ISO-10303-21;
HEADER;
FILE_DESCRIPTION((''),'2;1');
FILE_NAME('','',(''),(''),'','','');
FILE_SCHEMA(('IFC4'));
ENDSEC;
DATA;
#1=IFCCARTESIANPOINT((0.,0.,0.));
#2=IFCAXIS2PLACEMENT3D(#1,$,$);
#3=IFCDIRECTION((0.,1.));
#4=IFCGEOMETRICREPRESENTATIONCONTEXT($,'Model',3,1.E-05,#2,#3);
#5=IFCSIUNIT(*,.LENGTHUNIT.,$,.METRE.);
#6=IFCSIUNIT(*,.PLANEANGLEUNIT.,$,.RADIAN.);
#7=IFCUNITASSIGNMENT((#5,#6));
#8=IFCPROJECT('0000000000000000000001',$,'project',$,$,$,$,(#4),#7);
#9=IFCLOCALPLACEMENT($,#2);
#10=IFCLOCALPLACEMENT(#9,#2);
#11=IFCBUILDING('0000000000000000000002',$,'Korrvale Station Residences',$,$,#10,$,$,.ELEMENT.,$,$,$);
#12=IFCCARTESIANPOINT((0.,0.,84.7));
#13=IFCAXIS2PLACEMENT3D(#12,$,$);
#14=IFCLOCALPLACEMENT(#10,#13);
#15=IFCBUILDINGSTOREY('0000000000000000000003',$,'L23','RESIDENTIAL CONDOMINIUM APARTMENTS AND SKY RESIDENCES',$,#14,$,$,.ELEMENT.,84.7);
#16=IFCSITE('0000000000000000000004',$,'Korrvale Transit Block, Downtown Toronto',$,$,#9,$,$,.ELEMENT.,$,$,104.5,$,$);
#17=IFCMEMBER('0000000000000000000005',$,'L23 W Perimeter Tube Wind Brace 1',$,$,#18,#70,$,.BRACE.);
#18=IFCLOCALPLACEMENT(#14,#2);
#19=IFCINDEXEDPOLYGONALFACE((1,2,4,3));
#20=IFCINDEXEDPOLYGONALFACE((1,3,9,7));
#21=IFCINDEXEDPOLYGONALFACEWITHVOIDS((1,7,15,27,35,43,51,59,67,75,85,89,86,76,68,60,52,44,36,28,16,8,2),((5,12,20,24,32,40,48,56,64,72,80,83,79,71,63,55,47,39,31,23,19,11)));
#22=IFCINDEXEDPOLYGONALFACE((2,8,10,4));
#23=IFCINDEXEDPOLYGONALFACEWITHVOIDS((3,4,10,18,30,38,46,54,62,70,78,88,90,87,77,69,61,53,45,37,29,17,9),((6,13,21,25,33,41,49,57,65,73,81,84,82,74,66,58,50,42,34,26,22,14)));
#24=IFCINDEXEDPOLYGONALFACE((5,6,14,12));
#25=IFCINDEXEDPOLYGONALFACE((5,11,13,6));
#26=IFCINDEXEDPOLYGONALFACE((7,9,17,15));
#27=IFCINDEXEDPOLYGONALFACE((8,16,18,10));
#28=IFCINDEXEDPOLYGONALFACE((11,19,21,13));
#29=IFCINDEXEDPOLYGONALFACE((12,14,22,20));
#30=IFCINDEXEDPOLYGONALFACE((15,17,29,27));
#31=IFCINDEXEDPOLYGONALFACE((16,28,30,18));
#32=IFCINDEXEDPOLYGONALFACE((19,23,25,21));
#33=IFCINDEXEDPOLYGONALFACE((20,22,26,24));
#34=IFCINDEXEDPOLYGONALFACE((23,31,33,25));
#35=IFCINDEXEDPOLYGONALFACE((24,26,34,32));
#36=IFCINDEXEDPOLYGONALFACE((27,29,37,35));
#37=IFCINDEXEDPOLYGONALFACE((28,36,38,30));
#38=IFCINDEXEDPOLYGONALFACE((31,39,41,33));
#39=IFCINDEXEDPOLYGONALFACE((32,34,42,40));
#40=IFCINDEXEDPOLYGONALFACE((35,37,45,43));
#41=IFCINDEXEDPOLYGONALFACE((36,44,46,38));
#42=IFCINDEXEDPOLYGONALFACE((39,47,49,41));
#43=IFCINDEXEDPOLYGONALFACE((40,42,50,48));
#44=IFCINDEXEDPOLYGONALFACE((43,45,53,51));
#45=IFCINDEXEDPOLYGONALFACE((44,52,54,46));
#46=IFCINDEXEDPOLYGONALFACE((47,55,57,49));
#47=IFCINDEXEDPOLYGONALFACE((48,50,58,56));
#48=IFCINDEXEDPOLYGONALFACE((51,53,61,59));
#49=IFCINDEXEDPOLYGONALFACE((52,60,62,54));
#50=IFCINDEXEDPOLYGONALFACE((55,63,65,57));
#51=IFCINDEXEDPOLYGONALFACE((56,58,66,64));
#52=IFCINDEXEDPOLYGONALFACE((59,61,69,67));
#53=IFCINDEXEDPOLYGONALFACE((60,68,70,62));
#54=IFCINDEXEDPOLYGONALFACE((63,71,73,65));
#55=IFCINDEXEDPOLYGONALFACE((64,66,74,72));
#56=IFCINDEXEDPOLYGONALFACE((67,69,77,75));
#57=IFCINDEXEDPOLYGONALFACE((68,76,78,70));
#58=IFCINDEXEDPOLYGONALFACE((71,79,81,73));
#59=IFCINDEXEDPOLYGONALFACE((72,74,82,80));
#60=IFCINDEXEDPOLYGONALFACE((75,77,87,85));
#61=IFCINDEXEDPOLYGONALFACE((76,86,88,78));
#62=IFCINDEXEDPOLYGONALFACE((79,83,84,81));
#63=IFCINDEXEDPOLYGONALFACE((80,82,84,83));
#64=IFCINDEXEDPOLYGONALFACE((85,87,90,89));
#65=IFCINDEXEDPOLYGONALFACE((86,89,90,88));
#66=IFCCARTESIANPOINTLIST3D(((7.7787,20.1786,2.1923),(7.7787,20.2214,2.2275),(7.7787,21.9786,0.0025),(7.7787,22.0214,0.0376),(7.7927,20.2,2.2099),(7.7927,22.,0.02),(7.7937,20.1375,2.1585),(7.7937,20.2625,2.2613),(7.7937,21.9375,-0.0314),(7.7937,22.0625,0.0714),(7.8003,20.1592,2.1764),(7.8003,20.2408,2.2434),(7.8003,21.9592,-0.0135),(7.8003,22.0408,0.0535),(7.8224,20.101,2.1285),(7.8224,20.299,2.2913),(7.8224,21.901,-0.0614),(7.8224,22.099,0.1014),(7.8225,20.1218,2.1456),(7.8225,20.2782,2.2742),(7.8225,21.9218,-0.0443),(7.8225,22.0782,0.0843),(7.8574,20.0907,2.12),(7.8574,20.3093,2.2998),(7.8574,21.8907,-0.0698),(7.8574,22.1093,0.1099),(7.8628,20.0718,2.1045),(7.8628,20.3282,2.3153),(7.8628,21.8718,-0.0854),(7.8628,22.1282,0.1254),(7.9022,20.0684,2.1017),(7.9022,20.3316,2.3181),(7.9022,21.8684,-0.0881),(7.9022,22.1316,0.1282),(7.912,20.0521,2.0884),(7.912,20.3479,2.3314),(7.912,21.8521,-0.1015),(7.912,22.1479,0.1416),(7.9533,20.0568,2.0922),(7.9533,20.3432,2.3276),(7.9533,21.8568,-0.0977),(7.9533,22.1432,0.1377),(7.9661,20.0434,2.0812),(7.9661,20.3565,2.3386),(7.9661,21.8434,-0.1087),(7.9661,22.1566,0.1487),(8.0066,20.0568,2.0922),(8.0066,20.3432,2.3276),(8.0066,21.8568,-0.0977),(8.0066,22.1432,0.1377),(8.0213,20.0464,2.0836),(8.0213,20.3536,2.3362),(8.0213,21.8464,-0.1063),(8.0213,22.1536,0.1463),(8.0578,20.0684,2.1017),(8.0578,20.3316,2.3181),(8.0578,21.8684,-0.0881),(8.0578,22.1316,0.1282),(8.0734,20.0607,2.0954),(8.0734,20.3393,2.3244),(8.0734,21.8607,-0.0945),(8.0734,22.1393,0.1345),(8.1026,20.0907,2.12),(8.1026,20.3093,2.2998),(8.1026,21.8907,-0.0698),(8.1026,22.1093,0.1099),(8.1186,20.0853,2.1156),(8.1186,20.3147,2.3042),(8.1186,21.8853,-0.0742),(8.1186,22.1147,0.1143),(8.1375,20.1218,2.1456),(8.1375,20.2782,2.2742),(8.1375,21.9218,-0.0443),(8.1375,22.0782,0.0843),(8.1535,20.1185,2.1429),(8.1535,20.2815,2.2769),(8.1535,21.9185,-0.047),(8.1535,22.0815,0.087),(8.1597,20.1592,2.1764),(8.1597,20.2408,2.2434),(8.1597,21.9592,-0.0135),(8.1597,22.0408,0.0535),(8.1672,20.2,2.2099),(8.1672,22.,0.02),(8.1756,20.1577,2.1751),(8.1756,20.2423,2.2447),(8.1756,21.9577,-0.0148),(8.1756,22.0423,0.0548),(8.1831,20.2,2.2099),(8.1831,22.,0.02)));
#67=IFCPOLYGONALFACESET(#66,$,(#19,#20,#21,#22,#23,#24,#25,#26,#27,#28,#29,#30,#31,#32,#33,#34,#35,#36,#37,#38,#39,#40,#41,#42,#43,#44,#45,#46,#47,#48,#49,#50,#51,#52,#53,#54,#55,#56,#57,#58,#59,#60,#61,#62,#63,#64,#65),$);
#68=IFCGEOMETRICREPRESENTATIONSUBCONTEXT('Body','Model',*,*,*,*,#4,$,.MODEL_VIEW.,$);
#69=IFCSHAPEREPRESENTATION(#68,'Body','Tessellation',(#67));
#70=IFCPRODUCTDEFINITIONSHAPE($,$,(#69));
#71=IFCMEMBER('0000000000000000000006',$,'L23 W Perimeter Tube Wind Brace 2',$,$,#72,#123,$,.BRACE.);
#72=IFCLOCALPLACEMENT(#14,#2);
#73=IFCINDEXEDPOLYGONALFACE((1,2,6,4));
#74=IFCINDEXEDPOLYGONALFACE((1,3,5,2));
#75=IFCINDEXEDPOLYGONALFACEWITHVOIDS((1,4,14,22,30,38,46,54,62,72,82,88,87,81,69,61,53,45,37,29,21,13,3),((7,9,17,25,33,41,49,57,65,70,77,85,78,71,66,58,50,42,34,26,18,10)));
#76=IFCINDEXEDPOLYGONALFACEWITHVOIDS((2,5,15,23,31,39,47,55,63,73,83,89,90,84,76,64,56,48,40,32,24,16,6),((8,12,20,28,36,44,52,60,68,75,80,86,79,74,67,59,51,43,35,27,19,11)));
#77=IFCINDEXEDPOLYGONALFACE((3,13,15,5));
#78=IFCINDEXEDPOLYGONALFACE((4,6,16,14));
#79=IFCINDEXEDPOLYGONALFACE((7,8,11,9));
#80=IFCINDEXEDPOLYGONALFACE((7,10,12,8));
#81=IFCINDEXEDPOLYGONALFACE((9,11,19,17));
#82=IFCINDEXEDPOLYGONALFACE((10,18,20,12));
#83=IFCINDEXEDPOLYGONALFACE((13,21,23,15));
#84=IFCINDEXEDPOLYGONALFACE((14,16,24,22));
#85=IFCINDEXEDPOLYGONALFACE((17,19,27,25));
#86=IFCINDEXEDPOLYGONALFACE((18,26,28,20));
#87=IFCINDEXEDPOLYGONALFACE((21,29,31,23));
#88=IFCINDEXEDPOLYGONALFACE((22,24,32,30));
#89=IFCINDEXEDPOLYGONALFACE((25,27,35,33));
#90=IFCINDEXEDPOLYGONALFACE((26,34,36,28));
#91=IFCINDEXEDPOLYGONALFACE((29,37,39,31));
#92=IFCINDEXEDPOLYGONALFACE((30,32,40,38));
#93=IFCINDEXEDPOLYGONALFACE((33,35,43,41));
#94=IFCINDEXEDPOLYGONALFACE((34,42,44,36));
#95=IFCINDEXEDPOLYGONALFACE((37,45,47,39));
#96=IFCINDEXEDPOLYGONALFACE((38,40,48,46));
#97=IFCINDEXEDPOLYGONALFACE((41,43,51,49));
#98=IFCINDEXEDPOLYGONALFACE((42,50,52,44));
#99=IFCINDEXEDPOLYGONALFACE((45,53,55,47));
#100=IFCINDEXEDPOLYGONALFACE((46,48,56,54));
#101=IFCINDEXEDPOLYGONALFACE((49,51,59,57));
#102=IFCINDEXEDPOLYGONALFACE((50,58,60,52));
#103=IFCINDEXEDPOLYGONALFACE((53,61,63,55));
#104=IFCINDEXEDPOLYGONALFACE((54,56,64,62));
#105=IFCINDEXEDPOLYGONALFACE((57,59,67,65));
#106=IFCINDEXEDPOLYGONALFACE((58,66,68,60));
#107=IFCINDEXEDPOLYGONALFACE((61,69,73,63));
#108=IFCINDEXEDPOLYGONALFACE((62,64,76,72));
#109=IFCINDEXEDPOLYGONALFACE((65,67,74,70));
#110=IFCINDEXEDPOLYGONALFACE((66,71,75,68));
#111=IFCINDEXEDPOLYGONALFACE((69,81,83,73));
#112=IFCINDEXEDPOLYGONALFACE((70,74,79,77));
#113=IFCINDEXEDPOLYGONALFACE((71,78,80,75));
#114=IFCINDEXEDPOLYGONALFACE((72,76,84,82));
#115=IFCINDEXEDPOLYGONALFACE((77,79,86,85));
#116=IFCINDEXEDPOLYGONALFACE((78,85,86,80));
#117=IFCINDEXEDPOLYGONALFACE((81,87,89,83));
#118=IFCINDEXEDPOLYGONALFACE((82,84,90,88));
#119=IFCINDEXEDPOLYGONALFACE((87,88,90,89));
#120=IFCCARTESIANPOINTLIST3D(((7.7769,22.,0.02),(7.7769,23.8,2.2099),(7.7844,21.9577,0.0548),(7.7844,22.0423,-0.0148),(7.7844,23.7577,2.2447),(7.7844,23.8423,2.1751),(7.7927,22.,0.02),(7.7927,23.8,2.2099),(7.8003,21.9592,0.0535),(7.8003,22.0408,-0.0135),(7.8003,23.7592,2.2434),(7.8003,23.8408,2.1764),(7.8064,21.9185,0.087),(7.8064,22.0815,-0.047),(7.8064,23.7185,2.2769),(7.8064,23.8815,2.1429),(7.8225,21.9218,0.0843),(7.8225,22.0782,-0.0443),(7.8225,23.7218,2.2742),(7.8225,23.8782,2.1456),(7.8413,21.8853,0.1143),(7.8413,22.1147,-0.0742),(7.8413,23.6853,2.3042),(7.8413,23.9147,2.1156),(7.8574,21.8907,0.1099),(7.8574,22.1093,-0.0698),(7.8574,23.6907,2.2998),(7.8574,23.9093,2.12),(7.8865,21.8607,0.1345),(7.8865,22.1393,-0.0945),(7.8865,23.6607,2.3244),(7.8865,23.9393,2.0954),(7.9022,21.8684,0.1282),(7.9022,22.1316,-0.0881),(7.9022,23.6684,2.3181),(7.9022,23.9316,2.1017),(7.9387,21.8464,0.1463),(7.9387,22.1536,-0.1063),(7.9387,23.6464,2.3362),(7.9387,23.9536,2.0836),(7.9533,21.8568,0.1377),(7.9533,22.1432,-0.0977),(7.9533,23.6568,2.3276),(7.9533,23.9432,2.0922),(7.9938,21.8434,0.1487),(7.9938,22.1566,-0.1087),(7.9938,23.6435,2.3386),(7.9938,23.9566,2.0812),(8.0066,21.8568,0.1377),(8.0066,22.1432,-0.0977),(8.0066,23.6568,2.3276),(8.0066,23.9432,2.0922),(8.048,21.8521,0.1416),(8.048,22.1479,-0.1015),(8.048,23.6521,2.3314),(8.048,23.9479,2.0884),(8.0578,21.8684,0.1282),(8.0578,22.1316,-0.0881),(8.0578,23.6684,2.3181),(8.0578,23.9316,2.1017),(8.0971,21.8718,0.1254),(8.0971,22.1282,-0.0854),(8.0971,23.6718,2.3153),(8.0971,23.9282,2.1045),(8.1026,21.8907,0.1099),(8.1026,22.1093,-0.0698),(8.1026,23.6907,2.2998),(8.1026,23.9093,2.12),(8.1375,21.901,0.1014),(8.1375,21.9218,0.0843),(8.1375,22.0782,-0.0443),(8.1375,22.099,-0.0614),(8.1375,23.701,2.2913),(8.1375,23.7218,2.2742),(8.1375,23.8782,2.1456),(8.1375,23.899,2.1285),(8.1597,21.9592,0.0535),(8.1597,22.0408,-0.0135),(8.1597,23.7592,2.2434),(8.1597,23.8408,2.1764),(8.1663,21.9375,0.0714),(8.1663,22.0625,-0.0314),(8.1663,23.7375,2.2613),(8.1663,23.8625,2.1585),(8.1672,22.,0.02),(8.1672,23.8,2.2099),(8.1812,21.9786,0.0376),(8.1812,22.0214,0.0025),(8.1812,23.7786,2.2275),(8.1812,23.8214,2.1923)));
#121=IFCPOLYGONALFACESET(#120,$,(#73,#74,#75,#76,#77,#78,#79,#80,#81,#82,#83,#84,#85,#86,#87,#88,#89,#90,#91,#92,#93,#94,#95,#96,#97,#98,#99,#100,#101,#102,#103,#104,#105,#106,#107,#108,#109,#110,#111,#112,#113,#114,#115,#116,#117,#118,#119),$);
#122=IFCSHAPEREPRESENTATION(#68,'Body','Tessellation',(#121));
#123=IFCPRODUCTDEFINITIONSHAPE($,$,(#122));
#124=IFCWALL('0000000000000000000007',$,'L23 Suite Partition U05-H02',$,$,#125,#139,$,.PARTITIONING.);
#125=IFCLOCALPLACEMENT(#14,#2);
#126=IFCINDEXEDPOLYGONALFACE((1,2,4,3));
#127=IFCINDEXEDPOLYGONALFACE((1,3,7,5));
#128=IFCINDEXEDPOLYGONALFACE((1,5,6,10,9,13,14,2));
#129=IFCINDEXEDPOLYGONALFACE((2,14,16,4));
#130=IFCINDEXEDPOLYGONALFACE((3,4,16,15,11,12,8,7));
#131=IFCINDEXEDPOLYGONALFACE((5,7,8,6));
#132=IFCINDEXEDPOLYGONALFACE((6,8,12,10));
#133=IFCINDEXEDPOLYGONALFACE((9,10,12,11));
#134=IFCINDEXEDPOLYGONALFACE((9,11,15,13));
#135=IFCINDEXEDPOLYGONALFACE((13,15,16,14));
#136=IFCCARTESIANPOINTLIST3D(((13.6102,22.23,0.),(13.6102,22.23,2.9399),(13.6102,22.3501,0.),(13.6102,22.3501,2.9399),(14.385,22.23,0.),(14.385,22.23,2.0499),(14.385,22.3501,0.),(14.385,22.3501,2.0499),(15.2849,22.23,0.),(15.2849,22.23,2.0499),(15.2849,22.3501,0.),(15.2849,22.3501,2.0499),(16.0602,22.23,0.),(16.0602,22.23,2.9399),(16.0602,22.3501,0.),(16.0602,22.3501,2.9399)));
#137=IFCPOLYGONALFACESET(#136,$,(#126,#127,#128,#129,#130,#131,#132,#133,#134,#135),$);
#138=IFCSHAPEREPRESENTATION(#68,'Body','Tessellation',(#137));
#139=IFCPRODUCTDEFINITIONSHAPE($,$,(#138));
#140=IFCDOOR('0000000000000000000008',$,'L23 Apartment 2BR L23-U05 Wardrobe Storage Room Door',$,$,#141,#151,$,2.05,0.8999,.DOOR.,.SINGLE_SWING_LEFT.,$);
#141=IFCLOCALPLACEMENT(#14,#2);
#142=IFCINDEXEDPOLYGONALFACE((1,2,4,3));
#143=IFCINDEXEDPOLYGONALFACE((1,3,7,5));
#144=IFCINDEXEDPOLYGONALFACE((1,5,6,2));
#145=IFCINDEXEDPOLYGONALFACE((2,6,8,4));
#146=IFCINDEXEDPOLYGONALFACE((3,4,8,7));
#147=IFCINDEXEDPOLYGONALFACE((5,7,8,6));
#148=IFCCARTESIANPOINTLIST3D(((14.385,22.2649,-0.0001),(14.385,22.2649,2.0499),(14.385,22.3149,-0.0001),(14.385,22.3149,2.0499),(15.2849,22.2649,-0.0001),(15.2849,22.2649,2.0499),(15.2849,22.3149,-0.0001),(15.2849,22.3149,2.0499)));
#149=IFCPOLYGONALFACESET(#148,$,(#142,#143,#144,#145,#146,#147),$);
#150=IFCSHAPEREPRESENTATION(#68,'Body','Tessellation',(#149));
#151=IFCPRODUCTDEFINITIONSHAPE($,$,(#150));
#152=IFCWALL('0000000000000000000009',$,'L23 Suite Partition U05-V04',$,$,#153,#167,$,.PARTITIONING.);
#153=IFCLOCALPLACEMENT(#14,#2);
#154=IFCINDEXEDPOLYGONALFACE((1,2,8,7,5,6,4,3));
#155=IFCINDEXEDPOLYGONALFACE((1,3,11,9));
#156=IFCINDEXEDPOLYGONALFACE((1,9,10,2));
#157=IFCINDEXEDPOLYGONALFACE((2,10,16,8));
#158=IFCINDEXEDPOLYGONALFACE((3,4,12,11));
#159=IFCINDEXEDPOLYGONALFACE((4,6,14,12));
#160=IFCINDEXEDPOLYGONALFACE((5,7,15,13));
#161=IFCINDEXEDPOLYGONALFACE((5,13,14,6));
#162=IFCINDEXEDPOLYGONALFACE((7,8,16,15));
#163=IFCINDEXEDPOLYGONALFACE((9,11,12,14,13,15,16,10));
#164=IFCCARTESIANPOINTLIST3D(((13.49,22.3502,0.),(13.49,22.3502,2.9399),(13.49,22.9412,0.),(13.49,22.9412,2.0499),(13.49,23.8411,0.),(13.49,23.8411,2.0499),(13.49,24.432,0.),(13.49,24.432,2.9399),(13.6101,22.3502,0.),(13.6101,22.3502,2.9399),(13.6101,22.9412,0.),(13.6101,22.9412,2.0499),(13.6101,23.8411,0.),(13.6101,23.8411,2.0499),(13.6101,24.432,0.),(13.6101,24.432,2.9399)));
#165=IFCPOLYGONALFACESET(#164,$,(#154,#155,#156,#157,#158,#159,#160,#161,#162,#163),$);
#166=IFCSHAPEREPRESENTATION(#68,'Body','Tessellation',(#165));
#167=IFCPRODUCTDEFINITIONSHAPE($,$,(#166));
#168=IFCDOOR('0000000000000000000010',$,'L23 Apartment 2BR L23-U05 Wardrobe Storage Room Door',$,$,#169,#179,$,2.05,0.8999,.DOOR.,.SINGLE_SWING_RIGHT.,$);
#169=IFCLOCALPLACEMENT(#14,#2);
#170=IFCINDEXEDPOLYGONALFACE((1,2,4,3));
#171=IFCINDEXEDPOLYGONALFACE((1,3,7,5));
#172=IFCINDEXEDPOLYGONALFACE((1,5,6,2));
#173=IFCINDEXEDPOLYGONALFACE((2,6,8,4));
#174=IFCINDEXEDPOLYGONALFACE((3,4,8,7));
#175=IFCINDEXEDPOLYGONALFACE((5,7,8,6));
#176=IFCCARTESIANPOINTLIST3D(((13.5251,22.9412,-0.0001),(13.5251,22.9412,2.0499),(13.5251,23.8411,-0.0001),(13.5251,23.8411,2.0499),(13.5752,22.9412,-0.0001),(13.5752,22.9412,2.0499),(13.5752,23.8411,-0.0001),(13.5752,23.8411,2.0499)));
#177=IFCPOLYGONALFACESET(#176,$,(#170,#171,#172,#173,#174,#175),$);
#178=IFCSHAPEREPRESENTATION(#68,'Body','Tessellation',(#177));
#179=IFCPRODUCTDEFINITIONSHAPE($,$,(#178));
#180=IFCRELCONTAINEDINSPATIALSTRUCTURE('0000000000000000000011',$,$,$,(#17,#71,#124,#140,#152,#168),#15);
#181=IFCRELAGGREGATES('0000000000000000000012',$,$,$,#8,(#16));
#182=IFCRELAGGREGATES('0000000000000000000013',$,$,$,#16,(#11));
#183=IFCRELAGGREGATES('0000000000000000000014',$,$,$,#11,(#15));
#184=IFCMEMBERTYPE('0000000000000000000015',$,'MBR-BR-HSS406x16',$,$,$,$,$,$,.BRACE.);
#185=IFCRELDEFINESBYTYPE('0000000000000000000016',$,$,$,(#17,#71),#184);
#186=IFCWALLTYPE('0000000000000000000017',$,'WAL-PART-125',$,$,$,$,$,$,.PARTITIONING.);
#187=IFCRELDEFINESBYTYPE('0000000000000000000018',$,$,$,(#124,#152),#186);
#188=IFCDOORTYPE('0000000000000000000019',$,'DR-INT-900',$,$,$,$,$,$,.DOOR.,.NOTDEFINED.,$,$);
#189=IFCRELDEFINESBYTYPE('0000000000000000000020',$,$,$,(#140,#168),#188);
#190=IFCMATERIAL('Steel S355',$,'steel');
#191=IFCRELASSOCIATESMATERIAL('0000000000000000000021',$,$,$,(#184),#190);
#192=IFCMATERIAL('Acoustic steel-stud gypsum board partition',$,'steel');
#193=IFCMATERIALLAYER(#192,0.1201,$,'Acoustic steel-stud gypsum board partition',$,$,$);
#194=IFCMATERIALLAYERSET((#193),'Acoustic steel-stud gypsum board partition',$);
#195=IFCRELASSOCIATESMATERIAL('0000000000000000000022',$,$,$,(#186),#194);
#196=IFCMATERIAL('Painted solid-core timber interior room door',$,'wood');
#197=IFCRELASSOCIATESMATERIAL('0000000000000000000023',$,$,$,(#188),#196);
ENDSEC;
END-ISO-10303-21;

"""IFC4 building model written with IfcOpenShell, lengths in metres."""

from ifc_helpers import new_model, si_unit, direction, frame, frame_2d, origin, origin_2d, place, context, subcontext, project, spatial, rectangle, hollow_circle, extrude, material, layer, layer_set, material_profile, profile_set, type_object, element, fill, save


model = new_model("IFC4")

# Units and contexts
model_context = context("Model", 3, precision=1e-05, world=origin(), true_north=direction((0.0, 1.0)))
body_context = subcontext(model_context, "Body", "Model", "MODEL_VIEW")
ifc_project = project(units=[si_unit("LENGTHUNIT", "METRE"), si_unit("PLANEANGLEUNIT", "RADIAN")], contexts=[model_context])

# Site, building, storey
site_placement = place(None, origin())
site = spatial("IfcSite", under=ifc_project, at=site_placement, Name="Korrvale Transit Block, Downtown Toronto", CompositionType="ELEMENT", RefElevation=104.5)
building_placement = place(site_placement, origin())
building = spatial("IfcBuilding", under=site, at=building_placement, Name="Korrvale Station Residences", CompositionType="ELEMENT")
storey_placement = place(building_placement, frame((0.0, 0.0, 84.7)))
storey = spatial("IfcBuildingStorey", under=building, at=storey_placement, Name="L23", Description="RESIDENTIAL CONDOMINIUM APARTMENTS AND SKY RESIDENCES", CompositionType="ELEMENT", Elevation=84.7)

# Shared definitions
ifc_material_1 = material(Name="Steel S355", Category="steel")

# Members
ifc_material_profile_1 = material_profile(ifc_material_1, hollow_circle(Radius=0.2031, WallThickness=0.0159, at=origin_2d()), Name="HSS406x16")
ifc_profile_set_1 = profile_set([ifc_material_profile_1], Name="Steel S355")
member_type = type_object("IfcMemberType", Name="MBR-BR-HSS406x16", PredefinedType="BRACE", material=ifc_profile_set_1)
for number, where, z_axis, x_axis, name in (
    (1, (7.98, 22.0, 0.02), (0.0, -0.634985, 0.772524), (1.0, 0.0, 0.0), "L23 W Perimeter Tube Wind Brace 1"),
    (2, (7.98, 22.0, 0.02), (0.0, 0.634985, 0.772524), (-1.0, 0.0, 0.0), "L23 W Perimeter Tube Wind Brace 2"),
):
    element("IfcMember", number, at=place(storey_placement, frame(where, z_axis=z_axis, x_axis=x_axis)), inside=storey, type_object=member_type, Name=name, PredefinedType="BRACE", context=body_context, shape_type="SweptSolid", body=[
        extrude(hollow_circle(Radius=0.2031, WallThickness=0.0159, at=origin_2d()), origin(), (0.0, 0.0, 1.0), 2.8347),
    ])

# Walls, openings, doors
ifc_material_2 = material(Name="Acoustic steel-stud gypsum board partition", Category="steel")
ifc_layer_1 = layer(ifc_material_2, 0.1201, Name="Acoustic steel-stud gypsum board partition")
ifc_layer_set_1 = layer_set([ifc_layer_1], Name="Acoustic steel-stud gypsum board partition")
wall_type_1 = type_object("IfcWallType", Name="WAL-PART-125", PredefinedType="PARTITIONING", material=ifc_layer_set_1)
wall_1_placement = place(storey_placement, frame((13.6101, 22.29, 0.0), z_axis=(0.0, 0.0, 1.0), x_axis=(1.0, 0.0, 0.0)))
wall_1 = element("IfcWall", 3, at=wall_1_placement, inside=storey, type_object=wall_type_1, Name="L23 Suite Partition U05-H02", PredefinedType="PARTITIONING", context=body_context, shape_type="SweptSolid", body=[
    extrude(rectangle(XDim=2.45, YDim=0.1201, at=frame_2d((1.2251, 0.0))), origin(), (0.0, 0.0, 1.0), 2.9399),
])
opening_1_placement = place(wall_1_placement, frame((0.7749, 0.0, 0.0)))
opening_1 = element("IfcOpeningElement", 4, at=opening_1_placement, cuts=wall_1, PredefinedType="OPENING", context=body_context, shape_type="SweptSolid", body=[
    extrude(rectangle(XDim=0.8999, YDim=2.05, at=frame_2d((0.45, 1.0249))), frame((0.0, 0.0701, 0.0), z_axis=(0.0, -1.0, 0.0), x_axis=(1.0, 0.0, 0.0)), (0.0, 0.0, 1.0), 0.1401),
])
ifc_material_3 = material(Name="Painted solid-core timber interior room door", Category="wood")
door_type = type_object("IfcDoorType", Name="DR-INT-900", OperationType="NOTDEFINED", PredefinedType="DOOR", material=ifc_material_3)
door_1_placement = place(opening_1_placement, origin())
door_1 = element("IfcDoor", 5, at=door_1_placement, inside=storey, type_object=door_type, Name="L23 Apartment 2BR L23-U05 Wardrobe Storage Room Door", OperationType="SINGLE_SWING_LEFT", OverallHeight=2.05, OverallWidth=0.8999, PredefinedType="DOOR", context=body_context, shape_type="SweptSolid", body=[
    extrude(rectangle(XDim=0.8999, YDim=2.05, at=frame_2d((0.45, 1.0249))), frame((0.0, 0.0249, 0.0), z_axis=(0.0, -1.0, 0.0), x_axis=(1.0, 0.0, 0.0)), (0.0, 0.0, 1.0), 0.05),
])
fill(opening_1, door_1)
wall_2_placement = place(storey_placement, frame((13.55, 22.3501, 0.0), z_axis=(0.0, 0.0, 1.0), x_axis=(0.0, 1.0, 0.0)))
wall_2 = element("IfcWall", 6, at=wall_2_placement, inside=storey, type_object=wall_type_1, Name="L23 Suite Partition U05-V04", PredefinedType="PARTITIONING", context=body_context, shape_type="SweptSolid", body=[
    extrude(rectangle(XDim=2.0818, YDim=0.1201, at=frame_2d((1.041, 0.0))), origin(), (0.0, 0.0, 1.0), 2.9399),
])
opening_2_placement = place(wall_2_placement, frame((0.5911, 0.0, 0.0)))
opening_2 = element("IfcOpeningElement", 7, at=opening_2_placement, cuts=wall_2, PredefinedType="OPENING", context=body_context, shape_type="SweptSolid", body=[
    extrude(rectangle(XDim=0.8999, YDim=2.05, at=frame_2d((0.45, 1.0249))), frame((0.0, 0.0701, 0.0), z_axis=(0.0, -1.0, 0.0), x_axis=(1.0, 0.0, 0.0)), (0.0, 0.0, 1.0), 0.1401),
])
door_2_placement = place(opening_2_placement, origin())
door_2 = element("IfcDoor", 8, at=door_2_placement, inside=storey, type_object=door_type, Name="L23 Apartment 2BR L23-U05 Wardrobe Storage Room Door", OperationType="SINGLE_SWING_RIGHT", OverallHeight=2.05, OverallWidth=0.8999, PredefinedType="DOOR", context=body_context, shape_type="SweptSolid", body=[
    extrude(rectangle(XDim=0.8999, YDim=2.05, at=frame_2d((0.45, 1.0249))), frame((0.0, 0.0249, 0.0), z_axis=(0.0, -1.0, 0.0), x_axis=(1.0, 0.0, 0.0)), (0.0, 0.0, 1.0), 0.05),
])
fill(opening_2, door_2)

save(model, "model.ifc")
